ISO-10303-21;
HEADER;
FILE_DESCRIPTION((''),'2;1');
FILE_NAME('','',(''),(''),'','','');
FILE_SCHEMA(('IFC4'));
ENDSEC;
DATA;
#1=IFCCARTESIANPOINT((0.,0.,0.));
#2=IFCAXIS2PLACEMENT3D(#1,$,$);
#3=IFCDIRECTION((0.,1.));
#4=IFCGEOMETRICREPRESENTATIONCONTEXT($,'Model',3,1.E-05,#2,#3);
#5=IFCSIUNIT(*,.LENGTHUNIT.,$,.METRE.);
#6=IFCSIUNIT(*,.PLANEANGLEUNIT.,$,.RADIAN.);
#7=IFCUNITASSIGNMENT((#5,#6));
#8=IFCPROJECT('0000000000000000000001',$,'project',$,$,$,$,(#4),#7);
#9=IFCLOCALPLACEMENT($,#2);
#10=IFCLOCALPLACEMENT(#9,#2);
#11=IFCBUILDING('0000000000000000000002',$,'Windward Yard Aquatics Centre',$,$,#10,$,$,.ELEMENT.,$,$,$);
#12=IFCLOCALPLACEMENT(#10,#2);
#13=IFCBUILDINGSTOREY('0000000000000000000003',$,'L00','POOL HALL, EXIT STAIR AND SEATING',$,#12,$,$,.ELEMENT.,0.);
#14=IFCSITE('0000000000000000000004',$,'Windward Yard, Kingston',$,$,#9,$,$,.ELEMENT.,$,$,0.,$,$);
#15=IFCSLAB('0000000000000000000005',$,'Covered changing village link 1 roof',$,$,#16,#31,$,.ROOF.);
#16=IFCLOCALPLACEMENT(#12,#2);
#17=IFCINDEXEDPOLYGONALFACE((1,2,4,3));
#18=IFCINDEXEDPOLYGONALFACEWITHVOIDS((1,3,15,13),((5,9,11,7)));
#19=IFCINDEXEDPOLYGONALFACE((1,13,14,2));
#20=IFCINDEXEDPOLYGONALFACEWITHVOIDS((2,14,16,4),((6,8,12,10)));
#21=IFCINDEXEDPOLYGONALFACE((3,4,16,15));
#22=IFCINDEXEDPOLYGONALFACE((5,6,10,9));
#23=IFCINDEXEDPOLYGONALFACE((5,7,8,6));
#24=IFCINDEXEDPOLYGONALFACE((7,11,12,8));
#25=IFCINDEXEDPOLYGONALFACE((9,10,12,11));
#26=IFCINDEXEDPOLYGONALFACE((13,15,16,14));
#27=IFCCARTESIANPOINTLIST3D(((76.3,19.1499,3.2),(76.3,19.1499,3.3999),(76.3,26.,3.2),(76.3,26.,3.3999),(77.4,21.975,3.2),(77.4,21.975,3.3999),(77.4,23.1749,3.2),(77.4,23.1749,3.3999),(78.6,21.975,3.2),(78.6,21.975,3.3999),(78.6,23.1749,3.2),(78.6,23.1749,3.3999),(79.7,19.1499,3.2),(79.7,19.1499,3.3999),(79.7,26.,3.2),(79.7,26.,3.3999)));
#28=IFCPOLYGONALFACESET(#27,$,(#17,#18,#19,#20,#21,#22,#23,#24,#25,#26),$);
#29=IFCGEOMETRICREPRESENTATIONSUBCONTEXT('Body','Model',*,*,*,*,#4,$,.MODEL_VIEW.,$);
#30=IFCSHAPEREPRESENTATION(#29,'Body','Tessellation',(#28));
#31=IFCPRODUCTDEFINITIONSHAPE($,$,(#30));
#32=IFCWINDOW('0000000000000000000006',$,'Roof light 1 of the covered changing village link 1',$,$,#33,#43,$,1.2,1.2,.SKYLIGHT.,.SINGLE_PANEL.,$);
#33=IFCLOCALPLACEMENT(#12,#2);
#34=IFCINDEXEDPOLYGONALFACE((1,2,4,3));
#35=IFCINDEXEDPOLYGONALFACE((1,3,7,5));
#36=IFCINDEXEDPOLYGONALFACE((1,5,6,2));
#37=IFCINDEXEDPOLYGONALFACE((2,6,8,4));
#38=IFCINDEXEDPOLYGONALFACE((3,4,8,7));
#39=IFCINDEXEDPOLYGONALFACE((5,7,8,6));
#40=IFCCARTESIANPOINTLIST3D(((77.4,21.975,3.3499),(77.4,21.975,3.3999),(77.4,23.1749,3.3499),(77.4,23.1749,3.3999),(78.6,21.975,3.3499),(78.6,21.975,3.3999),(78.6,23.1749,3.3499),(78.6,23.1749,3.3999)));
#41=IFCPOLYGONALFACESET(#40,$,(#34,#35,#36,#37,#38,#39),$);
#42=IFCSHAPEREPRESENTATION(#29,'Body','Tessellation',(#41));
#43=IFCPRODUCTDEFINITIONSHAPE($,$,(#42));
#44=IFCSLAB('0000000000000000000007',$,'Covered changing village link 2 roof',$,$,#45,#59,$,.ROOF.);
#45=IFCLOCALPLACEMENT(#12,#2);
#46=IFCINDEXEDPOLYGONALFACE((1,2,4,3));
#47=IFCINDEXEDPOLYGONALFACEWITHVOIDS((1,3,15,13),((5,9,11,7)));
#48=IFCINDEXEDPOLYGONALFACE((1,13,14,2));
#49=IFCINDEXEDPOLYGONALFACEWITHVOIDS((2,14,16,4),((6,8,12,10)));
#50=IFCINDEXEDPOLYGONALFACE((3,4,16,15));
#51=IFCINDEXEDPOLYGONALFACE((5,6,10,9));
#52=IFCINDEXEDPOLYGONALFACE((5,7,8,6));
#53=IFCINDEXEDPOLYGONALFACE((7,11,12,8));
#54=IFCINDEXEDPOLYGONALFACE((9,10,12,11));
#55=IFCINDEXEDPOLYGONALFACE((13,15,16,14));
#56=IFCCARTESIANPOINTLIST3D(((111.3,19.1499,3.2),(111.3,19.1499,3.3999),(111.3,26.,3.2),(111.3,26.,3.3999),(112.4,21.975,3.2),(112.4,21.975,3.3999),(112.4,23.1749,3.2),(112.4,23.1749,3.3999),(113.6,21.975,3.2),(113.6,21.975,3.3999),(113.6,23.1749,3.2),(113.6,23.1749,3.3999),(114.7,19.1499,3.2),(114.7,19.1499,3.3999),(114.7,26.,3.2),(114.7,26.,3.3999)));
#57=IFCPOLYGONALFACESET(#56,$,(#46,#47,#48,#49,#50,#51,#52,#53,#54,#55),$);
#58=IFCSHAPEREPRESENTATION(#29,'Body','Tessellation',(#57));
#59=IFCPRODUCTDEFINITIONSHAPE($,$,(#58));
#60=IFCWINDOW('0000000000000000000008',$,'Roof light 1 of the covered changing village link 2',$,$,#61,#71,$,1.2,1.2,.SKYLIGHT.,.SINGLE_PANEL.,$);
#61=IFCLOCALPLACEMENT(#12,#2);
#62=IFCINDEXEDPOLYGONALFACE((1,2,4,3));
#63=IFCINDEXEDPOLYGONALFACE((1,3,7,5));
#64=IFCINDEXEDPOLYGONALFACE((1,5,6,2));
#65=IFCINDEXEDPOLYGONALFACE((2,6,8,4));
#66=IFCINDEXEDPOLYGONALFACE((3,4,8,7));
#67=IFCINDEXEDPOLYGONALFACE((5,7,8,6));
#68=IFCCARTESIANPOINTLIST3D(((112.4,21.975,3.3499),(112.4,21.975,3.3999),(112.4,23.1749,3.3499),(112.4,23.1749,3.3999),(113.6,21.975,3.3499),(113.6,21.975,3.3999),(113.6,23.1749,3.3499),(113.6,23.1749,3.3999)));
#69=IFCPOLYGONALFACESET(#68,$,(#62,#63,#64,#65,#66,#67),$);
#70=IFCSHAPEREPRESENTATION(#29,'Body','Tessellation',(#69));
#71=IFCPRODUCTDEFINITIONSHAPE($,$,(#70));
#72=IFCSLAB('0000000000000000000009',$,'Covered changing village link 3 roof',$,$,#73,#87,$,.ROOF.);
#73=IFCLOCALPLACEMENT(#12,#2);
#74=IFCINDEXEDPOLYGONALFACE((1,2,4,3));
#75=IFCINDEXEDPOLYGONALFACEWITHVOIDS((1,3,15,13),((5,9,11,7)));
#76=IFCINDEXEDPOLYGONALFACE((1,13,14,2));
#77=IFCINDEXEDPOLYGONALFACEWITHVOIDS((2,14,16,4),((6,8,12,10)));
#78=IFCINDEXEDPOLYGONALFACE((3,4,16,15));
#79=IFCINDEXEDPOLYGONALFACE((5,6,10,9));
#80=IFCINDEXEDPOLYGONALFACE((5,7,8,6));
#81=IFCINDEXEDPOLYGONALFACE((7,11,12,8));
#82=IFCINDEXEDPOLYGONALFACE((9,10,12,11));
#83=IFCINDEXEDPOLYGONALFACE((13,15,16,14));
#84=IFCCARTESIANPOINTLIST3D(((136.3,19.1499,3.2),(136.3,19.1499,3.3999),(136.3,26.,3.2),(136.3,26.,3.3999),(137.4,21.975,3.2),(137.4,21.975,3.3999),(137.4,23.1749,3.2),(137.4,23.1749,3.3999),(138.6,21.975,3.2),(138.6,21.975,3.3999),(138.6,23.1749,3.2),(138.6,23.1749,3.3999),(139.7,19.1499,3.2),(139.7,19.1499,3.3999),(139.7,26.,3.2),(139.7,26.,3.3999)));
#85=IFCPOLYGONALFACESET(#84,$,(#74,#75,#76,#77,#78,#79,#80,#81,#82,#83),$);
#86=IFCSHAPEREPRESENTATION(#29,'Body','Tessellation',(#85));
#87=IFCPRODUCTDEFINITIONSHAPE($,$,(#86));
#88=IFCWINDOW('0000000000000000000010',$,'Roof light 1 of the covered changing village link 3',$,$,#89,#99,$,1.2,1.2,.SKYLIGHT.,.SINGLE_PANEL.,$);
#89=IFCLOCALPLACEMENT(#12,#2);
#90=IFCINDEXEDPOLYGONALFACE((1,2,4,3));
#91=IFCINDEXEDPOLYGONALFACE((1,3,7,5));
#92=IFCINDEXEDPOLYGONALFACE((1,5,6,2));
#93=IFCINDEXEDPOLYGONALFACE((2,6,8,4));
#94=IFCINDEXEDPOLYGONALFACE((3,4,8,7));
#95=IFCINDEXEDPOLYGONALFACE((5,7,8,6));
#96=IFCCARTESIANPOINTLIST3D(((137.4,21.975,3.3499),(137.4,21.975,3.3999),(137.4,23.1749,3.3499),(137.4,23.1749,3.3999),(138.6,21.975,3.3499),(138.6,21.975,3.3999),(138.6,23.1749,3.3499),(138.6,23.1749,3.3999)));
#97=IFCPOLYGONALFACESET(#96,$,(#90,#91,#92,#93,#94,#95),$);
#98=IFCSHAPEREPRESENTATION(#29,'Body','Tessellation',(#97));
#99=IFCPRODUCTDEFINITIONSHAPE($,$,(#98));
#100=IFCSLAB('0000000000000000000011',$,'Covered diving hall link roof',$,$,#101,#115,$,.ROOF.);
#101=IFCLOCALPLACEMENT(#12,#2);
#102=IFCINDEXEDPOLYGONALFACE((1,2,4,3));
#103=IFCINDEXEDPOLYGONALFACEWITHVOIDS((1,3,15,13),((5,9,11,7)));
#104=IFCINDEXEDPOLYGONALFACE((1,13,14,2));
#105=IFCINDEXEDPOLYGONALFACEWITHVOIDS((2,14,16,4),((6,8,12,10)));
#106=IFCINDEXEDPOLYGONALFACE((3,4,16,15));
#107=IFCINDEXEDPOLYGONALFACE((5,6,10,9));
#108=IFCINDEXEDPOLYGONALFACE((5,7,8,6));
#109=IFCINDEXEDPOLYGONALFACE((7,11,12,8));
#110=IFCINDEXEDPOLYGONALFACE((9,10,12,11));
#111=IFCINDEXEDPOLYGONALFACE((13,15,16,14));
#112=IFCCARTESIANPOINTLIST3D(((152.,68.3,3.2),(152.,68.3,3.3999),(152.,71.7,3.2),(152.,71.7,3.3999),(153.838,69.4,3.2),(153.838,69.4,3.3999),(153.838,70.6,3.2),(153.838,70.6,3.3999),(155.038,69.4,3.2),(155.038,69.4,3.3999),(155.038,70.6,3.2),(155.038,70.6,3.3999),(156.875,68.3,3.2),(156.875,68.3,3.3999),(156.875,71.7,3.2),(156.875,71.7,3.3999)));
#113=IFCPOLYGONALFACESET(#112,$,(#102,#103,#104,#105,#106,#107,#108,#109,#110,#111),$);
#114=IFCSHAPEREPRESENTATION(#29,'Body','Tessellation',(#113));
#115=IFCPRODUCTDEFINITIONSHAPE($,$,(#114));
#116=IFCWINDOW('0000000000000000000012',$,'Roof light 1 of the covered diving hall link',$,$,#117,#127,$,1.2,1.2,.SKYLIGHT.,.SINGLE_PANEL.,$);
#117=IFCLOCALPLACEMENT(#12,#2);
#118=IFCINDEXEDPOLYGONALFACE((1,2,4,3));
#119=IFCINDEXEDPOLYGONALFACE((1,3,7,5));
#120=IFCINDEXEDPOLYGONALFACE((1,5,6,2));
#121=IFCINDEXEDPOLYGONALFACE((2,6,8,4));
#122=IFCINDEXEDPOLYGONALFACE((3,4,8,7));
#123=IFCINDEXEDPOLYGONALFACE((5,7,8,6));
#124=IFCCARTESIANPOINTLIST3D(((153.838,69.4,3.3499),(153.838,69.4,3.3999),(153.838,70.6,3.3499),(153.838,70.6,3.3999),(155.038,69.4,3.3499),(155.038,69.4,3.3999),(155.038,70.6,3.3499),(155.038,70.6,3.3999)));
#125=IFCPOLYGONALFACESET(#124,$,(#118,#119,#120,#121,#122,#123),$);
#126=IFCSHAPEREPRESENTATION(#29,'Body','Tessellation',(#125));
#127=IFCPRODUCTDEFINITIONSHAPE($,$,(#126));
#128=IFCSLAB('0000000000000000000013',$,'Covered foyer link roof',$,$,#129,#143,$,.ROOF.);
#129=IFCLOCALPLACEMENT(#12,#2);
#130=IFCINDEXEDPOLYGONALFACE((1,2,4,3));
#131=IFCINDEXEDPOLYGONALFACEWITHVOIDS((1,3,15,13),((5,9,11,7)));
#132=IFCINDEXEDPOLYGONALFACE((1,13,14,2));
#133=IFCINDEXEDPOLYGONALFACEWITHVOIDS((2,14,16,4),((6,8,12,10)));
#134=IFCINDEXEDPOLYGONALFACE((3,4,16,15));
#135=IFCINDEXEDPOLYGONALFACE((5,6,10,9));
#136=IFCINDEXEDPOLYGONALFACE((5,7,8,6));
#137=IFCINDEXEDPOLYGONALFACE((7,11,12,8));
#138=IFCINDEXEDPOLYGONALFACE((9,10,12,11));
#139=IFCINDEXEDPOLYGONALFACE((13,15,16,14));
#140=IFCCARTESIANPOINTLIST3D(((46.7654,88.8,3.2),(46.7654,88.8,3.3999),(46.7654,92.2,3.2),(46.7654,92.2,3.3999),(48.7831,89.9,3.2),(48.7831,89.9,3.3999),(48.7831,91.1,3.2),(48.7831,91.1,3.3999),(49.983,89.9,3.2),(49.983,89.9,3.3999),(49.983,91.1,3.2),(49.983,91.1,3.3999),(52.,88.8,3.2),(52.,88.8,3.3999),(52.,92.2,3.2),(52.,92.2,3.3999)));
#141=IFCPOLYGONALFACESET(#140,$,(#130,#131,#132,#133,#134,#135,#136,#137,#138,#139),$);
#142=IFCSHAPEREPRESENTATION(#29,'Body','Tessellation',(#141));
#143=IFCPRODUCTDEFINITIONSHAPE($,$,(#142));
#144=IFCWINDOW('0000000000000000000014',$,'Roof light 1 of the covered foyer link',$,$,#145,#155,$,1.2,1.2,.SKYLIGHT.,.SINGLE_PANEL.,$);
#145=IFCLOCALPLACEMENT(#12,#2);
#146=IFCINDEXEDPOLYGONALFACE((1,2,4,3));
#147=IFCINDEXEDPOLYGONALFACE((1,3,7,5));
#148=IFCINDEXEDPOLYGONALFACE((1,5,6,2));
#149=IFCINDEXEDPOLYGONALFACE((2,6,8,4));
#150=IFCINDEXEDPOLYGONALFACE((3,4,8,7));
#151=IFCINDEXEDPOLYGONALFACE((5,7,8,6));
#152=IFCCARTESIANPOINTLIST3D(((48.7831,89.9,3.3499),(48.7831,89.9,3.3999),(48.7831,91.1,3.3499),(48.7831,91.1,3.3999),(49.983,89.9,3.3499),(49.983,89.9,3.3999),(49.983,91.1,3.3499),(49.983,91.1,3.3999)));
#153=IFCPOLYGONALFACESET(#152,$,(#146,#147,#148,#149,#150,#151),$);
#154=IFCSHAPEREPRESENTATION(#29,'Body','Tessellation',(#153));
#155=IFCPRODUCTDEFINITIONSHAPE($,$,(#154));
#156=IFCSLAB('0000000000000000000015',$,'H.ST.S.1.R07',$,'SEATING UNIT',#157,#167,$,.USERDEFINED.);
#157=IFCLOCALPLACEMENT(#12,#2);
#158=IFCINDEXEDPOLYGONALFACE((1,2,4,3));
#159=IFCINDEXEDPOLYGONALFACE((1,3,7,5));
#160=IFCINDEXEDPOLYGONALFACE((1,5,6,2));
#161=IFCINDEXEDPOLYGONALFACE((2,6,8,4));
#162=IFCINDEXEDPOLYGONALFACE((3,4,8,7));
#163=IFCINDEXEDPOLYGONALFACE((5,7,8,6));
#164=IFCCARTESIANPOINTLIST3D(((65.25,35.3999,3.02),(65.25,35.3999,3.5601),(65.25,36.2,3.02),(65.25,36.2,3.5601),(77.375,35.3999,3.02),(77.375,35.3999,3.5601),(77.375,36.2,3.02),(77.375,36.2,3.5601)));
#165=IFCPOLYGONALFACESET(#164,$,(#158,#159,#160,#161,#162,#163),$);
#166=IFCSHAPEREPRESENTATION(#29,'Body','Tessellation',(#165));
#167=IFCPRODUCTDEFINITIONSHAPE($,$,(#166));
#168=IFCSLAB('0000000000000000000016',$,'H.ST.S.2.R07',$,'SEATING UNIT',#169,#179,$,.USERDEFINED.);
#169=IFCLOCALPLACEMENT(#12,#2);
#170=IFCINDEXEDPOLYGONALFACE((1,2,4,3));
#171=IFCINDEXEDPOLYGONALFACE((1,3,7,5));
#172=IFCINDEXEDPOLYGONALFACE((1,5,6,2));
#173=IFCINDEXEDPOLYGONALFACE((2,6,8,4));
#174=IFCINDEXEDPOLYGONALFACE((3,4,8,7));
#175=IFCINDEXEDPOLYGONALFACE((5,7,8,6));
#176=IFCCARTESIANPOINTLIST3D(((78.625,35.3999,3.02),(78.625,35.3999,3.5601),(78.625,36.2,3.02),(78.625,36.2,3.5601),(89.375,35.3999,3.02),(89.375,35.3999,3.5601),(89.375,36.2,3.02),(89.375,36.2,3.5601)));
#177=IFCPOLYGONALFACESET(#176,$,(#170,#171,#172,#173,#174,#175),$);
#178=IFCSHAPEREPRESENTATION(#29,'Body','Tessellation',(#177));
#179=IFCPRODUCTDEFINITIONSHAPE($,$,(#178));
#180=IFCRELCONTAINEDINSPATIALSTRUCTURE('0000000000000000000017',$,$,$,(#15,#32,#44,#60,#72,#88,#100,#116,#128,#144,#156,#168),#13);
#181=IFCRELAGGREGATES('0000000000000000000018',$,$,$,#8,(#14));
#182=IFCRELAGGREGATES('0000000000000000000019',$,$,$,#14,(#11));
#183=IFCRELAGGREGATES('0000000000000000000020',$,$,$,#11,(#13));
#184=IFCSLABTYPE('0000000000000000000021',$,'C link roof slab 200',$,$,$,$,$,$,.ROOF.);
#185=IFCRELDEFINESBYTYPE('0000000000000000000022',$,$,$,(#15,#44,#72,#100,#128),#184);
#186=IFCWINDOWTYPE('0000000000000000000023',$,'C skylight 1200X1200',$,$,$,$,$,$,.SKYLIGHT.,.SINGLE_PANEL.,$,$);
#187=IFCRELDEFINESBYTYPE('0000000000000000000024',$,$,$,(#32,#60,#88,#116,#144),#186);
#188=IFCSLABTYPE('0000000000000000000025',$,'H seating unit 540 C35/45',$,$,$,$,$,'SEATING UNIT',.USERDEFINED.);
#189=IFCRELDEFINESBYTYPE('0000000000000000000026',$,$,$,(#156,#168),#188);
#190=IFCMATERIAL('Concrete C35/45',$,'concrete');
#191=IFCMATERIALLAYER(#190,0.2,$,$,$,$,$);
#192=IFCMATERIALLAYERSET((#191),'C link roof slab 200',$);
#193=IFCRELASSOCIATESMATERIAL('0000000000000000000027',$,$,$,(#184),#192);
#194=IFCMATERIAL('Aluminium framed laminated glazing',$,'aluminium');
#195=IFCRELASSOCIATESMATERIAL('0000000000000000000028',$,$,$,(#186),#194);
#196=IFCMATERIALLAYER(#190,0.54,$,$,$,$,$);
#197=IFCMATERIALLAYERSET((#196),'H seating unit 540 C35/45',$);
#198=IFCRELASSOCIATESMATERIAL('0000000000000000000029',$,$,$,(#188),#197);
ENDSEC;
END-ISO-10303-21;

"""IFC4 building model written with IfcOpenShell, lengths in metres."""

from ifc_helpers import new_model, si_unit, direction, frame, origin, origin_2d, place, context, subcontext, project, spatial, polyline, rectangle, outline, extrude, material, layer, layer_set, type_object, element, fill, save


model = new_model("IFC4")

# Units and contexts
model_context = context("Model", 3, precision=1e-05, world=origin(), true_north=direction((0.0, 1.0)))
body_context = subcontext(model_context, "Body", "Model", "MODEL_VIEW")
ifc_project = project(units=[si_unit("LENGTHUNIT", "METRE"), si_unit("PLANEANGLEUNIT", "RADIAN")], contexts=[model_context])

# Site, building, storey
site_placement = place(None, origin())
site = spatial("IfcSite", under=ifc_project, at=site_placement, Name="Windward Yard, Kingston", CompositionType="ELEMENT", RefElevation=0.0)
building_placement = place(site_placement, origin())
building = spatial("IfcBuilding", under=site, at=building_placement, Name="Windward Yard Aquatics Centre", CompositionType="ELEMENT")
storey_placement = place(building_placement, origin())
storey = spatial("IfcBuildingStorey", under=building, at=storey_placement, Name="L00", Description="POOL HALL, EXIT STAIR AND SEATING", CompositionType="ELEMENT", Elevation=0.0)

# Slabs, openings, windows
ifc_material_1 = material(Name="Concrete C35/45", Category="concrete")
ifc_layer_1 = layer(ifc_material_1, 0.2)
ifc_layer_set_1 = layer_set([ifc_layer_1], Name="C link roof slab 200")
slab_type_1 = type_object("IfcSlabType", Name="C link roof slab 200", PredefinedType="ROOF", material=ifc_layer_set_1)
slab_1_placement = place(storey_placement, frame((0.0, 0.0, 3.2)))
slab_1 = element("IfcSlab", 1, at=slab_1_placement, inside=storey, type_object=slab_type_1, Name="Covered changing village link 1 roof", PredefinedType="ROOF", context=body_context, shape_type="SweptSolid", body=[
    extrude(outline(polyline([(76.3, 19.1499), (76.3, 26.0), (79.7, 26.0), (79.7, 19.1499), (76.3, 19.1499)])), origin(), (0.0, 0.0, 1.0), 0.2),
])
opening_1_placement = place(slab_1_placement, frame((78.0, 22.575, 0.0)))
opening_1 = element("IfcOpeningElement", 2, at=opening_1_placement, cuts=slab_1, PredefinedType="OPENING", context=body_context, shape_type="SweptSolid", body=[
    extrude(rectangle(XDim=1.2, YDim=1.2, at=origin_2d()), origin(), (0.0, 0.0, 1.0), 0.2),
])
ifc_material_2 = material(Name="Aluminium framed laminated glazing", Category="aluminium")
window_type = type_object("IfcWindowType", Name="C skylight 1200X1200", PartitioningType="SINGLE_PANEL", PredefinedType="SKYLIGHT", material=ifc_material_2)
window_1_placement = place(opening_1_placement, frame((0.0, 0.0, 0.1499)))
window_1 = element("IfcWindow", 3, at=window_1_placement, inside=storey, type_object=window_type, Name="Roof light 1 of the covered changing village link 1", OverallHeight=1.2, OverallWidth=1.2, PartitioningType="SINGLE_PANEL", PredefinedType="SKYLIGHT", context=body_context, shape_type="SweptSolid", body=[
    extrude(rectangle(XDim=1.2, YDim=1.2, at=origin_2d()), origin(), (0.0, 0.0, 1.0), 0.05),
])
fill(opening_1, window_1)
slab_2_placement = place(storey_placement, frame((0.0, 0.0, 3.2)))
slab_2 = element("IfcSlab", 4, at=slab_2_placement, inside=storey, type_object=slab_type_1, Name="Covered changing village link 2 roof", PredefinedType="ROOF", context=body_context, shape_type="SweptSolid", body=[
    extrude(outline(polyline([(111.3, 19.1499), (111.3, 26.0), (114.7, 26.0), (114.7, 19.1499), (111.3, 19.1499)])), origin(), (0.0, 0.0, 1.0), 0.2),
])
opening_2_placement = place(slab_2_placement, frame((113.0, 22.575, 0.0)))
opening_2 = element("IfcOpeningElement", 5, at=opening_2_placement, cuts=slab_2, PredefinedType="OPENING", context=body_context, shape_type="SweptSolid", body=[
    extrude(rectangle(XDim=1.2, YDim=1.2, at=origin_2d()), origin(), (0.0, 0.0, 1.0), 0.2),
])
window_2_placement = place(opening_2_placement, frame((0.0, 0.0, 0.1499)))
window_2 = element("IfcWindow", 6, at=window_2_placement, inside=storey, type_object=window_type, Name="Roof light 1 of the covered changing village link 2", OverallHeight=1.2, OverallWidth=1.2, PartitioningType="SINGLE_PANEL", PredefinedType="SKYLIGHT", context=body_context, shape_type="SweptSolid", body=[
    extrude(rectangle(XDim=1.2, YDim=1.2, at=origin_2d()), origin(), (0.0, 0.0, 1.0), 0.05),
])
fill(opening_2, window_2)
slab_3_placement = place(storey_placement, frame((0.0, 0.0, 3.2)))
slab_3 = element("IfcSlab", 7, at=slab_3_placement, inside=storey, type_object=slab_type_1, Name="Covered changing village link 3 roof", PredefinedType="ROOF", context=body_context, shape_type="SweptSolid", body=[
    extrude(outline(polyline([(136.3, 19.1499), (136.3, 26.0), (139.7, 26.0), (139.7, 19.1499), (136.3, 19.1499)])), origin(), (0.0, 0.0, 1.0), 0.2),
])
opening_3_placement = place(slab_3_placement, frame((138.0, 22.575, 0.0)))
opening_3 = element("IfcOpeningElement", 8, at=opening_3_placement, cuts=slab_3, PredefinedType="OPENING", context=body_context, shape_type="SweptSolid", body=[
    extrude(rectangle(XDim=1.2, YDim=1.2, at=origin_2d()), origin(), (0.0, 0.0, 1.0), 0.2),
])
window_3_placement = place(opening_3_placement, frame((0.0, 0.0, 0.1499)))
window_3 = element("IfcWindow", 9, at=window_3_placement, inside=storey, type_object=window_type, Name="Roof light 1 of the covered changing village link 3", OverallHeight=1.2, OverallWidth=1.2, PartitioningType="SINGLE_PANEL", PredefinedType="SKYLIGHT", context=body_context, shape_type="SweptSolid", body=[
    extrude(rectangle(XDim=1.2, YDim=1.2, at=origin_2d()), origin(), (0.0, 0.0, 1.0), 0.05),
])
fill(opening_3, window_3)
slab_4_placement = place(storey_placement, frame((0.0, 0.0, 3.2)))
slab_4 = element("IfcSlab", 10, at=slab_4_placement, inside=storey, type_object=slab_type_1, Name="Covered diving hall link roof", PredefinedType="ROOF", context=body_context, shape_type="SweptSolid", body=[
    extrude(outline(polyline([(152.0, 68.3), (152.0, 71.7), (156.875, 71.7), (156.875, 68.3), (152.0, 68.3)])), origin(), (0.0, 0.0, 1.0), 0.2),
])
opening_4_placement = place(slab_4_placement, frame((154.438, 70.0, 0.0)))
opening_4 = element("IfcOpeningElement", 11, at=opening_4_placement, cuts=slab_4, PredefinedType="OPENING", context=body_context, shape_type="SweptSolid", body=[
    extrude(rectangle(XDim=1.2, YDim=1.2, at=origin_2d()), origin(), (0.0, 0.0, 1.0), 0.2),
])
window_4_placement = place(opening_4_placement, frame((0.0, 0.0, 0.1499)))
window_4 = element("IfcWindow", 12, at=window_4_placement, inside=storey, type_object=window_type, Name="Roof light 1 of the covered diving hall link", OverallHeight=1.2, OverallWidth=1.2, PartitioningType="SINGLE_PANEL", PredefinedType="SKYLIGHT", context=body_context, shape_type="SweptSolid", body=[
    extrude(rectangle(XDim=1.2, YDim=1.2, at=origin_2d()), origin(), (0.0, 0.0, 1.0), 0.05),
])
fill(opening_4, window_4)
slab_5_placement = place(storey_placement, frame((0.0, 0.0, 3.2)))
slab_5 = element("IfcSlab", 13, at=slab_5_placement, inside=storey, type_object=slab_type_1, Name="Covered foyer link roof", PredefinedType="ROOF", context=body_context, shape_type="SweptSolid", body=[
    extrude(outline(polyline([(46.7654, 88.8), (46.7654, 92.2), (52.0, 92.2), (52.0, 88.8), (46.7654, 88.8)])), origin(), (0.0, 0.0, 1.0), 0.2),
])
opening_5_placement = place(slab_5_placement, frame((49.3831, 90.5, 0.0)))
opening_5 = element("IfcOpeningElement", 14, at=opening_5_placement, cuts=slab_5, PredefinedType="OPENING", context=body_context, shape_type="SweptSolid", body=[
    extrude(rectangle(XDim=1.2, YDim=1.2, at=origin_2d()), origin(), (0.0, 0.0, 1.0), 0.2),
])
window_5_placement = place(opening_5_placement, frame((0.0, 0.0, 0.1499)))
window_5 = element("IfcWindow", 15, at=window_5_placement, inside=storey, type_object=window_type, Name="Roof light 1 of the covered foyer link", OverallHeight=1.2, OverallWidth=1.2, PartitioningType="SINGLE_PANEL", PredefinedType="SKYLIGHT", context=body_context, shape_type="SweptSolid", body=[
    extrude(rectangle(XDim=1.2, YDim=1.2, at=origin_2d()), origin(), (0.0, 0.0, 1.0), 0.05),
])
fill(opening_5, window_5)

# Slabs
ifc_layer_2 = layer(ifc_material_1, 0.54)
ifc_layer_set_2 = layer_set([ifc_layer_2], Name="H seating unit 540 C35/45")
slab_type_2 = type_object("IfcSlabType", Name="H seating unit 540 C35/45", ElementType="SEATING UNIT", PredefinedType="USERDEFINED", material=ifc_layer_set_2)
slab_6_placement = place(storey_placement, frame((0.0, 0.0, 3.02)))
element("IfcSlab", 16, at=slab_6_placement, inside=storey, type_object=slab_type_2, Name="H.ST.S.1.R07", ObjectType="SEATING UNIT", PredefinedType="USERDEFINED", context=body_context, shape_type="SweptSolid", body=[
    extrude(outline(polyline([(65.25, 35.3999), (77.375, 35.3999), (77.375, 36.2), (65.25, 36.2), (65.25, 35.3999)])), origin(), (0.0, 0.0, 1.0), 0.54),
])
slab_7_placement = place(storey_placement, frame((0.0, 0.0, 3.02)))
element("IfcSlab", 17, at=slab_7_placement, inside=storey, type_object=slab_type_2, Name="H.ST.S.2.R07", ObjectType="SEATING UNIT", PredefinedType="USERDEFINED", context=body_context, shape_type="SweptSolid", body=[
    extrude(outline(polyline([(78.625, 35.3999), (89.375, 35.3999), (89.375, 36.2), (78.625, 36.2), (78.625, 35.3999)])), origin(), (0.0, 0.0, 1.0), 0.54),
])

save(model, "model.ifc")
